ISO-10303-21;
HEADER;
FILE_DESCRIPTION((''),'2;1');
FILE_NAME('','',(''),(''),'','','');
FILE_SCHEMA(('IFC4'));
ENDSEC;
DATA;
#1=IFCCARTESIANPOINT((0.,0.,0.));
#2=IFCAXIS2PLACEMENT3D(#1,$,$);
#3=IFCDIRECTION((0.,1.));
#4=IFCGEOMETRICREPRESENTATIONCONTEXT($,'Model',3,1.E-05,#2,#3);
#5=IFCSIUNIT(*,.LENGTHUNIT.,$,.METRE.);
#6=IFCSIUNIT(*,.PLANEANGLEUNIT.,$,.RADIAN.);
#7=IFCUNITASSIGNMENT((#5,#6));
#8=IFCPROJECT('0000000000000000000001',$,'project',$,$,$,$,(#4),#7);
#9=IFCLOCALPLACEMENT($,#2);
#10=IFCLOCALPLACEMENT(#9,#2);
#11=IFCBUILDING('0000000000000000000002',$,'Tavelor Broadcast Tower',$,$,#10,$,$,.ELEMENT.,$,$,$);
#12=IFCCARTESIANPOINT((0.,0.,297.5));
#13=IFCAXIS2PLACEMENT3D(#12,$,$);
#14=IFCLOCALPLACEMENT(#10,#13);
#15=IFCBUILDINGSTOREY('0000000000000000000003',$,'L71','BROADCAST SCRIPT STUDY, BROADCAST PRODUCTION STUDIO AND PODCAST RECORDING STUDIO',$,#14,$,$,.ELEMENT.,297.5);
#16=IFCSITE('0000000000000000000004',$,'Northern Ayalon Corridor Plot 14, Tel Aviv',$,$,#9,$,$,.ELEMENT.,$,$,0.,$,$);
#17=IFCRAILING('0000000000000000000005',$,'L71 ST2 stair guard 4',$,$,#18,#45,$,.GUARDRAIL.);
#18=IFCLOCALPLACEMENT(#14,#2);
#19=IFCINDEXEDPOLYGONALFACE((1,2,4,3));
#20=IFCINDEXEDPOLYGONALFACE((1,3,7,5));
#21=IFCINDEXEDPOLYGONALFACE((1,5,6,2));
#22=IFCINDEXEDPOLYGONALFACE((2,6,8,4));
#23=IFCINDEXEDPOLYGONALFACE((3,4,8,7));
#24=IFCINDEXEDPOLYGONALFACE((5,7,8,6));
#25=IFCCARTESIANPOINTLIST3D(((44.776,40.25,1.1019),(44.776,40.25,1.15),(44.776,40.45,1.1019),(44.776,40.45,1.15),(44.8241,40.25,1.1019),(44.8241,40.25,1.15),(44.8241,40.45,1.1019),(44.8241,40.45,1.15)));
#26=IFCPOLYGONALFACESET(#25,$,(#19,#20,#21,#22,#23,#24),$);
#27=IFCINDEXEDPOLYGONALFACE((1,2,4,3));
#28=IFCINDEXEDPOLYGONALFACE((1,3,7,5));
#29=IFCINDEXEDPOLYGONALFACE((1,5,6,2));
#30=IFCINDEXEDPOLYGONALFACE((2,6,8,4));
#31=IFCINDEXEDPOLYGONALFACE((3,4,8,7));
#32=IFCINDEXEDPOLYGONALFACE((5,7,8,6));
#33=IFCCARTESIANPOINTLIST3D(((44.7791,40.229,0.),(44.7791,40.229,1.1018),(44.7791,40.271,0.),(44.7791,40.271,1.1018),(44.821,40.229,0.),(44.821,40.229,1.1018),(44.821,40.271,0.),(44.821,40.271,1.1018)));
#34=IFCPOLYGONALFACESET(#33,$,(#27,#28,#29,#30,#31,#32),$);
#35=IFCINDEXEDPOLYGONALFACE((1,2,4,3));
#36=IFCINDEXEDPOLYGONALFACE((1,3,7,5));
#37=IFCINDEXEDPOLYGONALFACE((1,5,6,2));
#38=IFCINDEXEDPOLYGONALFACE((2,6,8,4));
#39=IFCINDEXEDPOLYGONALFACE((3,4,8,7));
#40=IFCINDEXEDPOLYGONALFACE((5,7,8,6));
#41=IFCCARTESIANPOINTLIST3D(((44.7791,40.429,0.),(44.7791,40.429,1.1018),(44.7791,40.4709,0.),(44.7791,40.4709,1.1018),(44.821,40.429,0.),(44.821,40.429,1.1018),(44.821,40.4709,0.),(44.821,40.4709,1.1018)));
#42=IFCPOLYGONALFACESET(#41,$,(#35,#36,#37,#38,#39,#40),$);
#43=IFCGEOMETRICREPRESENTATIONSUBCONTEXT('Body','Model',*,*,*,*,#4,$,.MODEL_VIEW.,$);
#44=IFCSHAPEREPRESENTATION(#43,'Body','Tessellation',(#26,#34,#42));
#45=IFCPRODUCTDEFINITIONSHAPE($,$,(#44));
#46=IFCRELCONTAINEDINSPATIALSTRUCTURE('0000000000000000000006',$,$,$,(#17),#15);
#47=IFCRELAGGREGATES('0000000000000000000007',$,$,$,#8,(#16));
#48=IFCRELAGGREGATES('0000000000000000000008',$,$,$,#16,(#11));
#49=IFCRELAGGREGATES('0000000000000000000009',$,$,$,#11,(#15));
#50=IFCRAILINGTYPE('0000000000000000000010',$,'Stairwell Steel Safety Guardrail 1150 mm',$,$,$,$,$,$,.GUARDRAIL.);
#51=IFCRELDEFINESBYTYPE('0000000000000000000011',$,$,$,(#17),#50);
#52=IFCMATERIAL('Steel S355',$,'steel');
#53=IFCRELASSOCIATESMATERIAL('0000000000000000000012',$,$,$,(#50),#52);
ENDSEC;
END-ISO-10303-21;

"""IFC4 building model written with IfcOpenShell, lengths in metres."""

from ifc_helpers import new_model, si_unit, direction, frame, origin, origin_2d, place, context, subcontext, project, spatial, rectangle, extrude, material, type_object, element, save


model = new_model("IFC4")

# Units and contexts
model_context = context("Model", 3, precision=1e-05, world=origin(), true_north=direction((0.0, 1.0)))
body_context = subcontext(model_context, "Body", "Model", "MODEL_VIEW")
ifc_project = project(units=[si_unit("LENGTHUNIT", "METRE"), si_unit("PLANEANGLEUNIT", "RADIAN")], contexts=[model_context])

# Site, building, storey
site_placement = place(None, origin())
site = spatial("IfcSite", under=ifc_project, at=site_placement, Name="Northern Ayalon Corridor Plot 14, Tel Aviv", CompositionType="ELEMENT", RefElevation=0.0)
building_placement = place(site_placement, origin())
building = spatial("IfcBuilding", under=site, at=building_placement, Name="Tavelor Broadcast Tower", CompositionType="ELEMENT")
storey_placement = place(building_placement, frame((0.0, 0.0, 297.5)))
storey = spatial("IfcBuildingStorey", under=building, at=storey_placement, Name="L71", Description="BROADCAST SCRIPT STUDY, BROADCAST PRODUCTION STUDIO AND PODCAST RECORDING STUDIO", CompositionType="ELEMENT", Elevation=297.5)

# Shared definitions
ifc_material_1 = material(Name="Steel S355", Category="steel")

# Railing
railing_type_1 = type_object("IfcRailingType", Name="Stairwell Steel Safety Guardrail 1150 mm", PredefinedType="GUARDRAIL", material=ifc_material_1)
railing_1_placement = place(storey_placement, frame((44.8, 40.25, 0.0)))
element("IfcRailing", 1, at=railing_1_placement, inside=storey, type_object=railing_type_1, Name="L71 ST2 stair guard 4", PredefinedType="GUARDRAIL", context=body_context, shape_type="SweptSolid", body=[
    extrude(rectangle(XDim=0.0481, YDim=0.0481, at=origin_2d()), frame((0.0, 0.0, 1.126), z_axis=(0.0, 1.0, 0.0), x_axis=(-1.0, 0.0, 0.0)), (0.0, 0.0, 1.0), 0.2),
    extrude(rectangle(XDim=0.042, YDim=0.042, at=origin_2d()), origin(), (0.0, 0.0, 1.0), 1.1018),
    extrude(rectangle(XDim=0.042, YDim=0.042, at=origin_2d()), frame((0.0, 0.2, 0.0)), (0.0, 0.0, 1.0), 1.1018),
])

save(model, "model.ifc")
